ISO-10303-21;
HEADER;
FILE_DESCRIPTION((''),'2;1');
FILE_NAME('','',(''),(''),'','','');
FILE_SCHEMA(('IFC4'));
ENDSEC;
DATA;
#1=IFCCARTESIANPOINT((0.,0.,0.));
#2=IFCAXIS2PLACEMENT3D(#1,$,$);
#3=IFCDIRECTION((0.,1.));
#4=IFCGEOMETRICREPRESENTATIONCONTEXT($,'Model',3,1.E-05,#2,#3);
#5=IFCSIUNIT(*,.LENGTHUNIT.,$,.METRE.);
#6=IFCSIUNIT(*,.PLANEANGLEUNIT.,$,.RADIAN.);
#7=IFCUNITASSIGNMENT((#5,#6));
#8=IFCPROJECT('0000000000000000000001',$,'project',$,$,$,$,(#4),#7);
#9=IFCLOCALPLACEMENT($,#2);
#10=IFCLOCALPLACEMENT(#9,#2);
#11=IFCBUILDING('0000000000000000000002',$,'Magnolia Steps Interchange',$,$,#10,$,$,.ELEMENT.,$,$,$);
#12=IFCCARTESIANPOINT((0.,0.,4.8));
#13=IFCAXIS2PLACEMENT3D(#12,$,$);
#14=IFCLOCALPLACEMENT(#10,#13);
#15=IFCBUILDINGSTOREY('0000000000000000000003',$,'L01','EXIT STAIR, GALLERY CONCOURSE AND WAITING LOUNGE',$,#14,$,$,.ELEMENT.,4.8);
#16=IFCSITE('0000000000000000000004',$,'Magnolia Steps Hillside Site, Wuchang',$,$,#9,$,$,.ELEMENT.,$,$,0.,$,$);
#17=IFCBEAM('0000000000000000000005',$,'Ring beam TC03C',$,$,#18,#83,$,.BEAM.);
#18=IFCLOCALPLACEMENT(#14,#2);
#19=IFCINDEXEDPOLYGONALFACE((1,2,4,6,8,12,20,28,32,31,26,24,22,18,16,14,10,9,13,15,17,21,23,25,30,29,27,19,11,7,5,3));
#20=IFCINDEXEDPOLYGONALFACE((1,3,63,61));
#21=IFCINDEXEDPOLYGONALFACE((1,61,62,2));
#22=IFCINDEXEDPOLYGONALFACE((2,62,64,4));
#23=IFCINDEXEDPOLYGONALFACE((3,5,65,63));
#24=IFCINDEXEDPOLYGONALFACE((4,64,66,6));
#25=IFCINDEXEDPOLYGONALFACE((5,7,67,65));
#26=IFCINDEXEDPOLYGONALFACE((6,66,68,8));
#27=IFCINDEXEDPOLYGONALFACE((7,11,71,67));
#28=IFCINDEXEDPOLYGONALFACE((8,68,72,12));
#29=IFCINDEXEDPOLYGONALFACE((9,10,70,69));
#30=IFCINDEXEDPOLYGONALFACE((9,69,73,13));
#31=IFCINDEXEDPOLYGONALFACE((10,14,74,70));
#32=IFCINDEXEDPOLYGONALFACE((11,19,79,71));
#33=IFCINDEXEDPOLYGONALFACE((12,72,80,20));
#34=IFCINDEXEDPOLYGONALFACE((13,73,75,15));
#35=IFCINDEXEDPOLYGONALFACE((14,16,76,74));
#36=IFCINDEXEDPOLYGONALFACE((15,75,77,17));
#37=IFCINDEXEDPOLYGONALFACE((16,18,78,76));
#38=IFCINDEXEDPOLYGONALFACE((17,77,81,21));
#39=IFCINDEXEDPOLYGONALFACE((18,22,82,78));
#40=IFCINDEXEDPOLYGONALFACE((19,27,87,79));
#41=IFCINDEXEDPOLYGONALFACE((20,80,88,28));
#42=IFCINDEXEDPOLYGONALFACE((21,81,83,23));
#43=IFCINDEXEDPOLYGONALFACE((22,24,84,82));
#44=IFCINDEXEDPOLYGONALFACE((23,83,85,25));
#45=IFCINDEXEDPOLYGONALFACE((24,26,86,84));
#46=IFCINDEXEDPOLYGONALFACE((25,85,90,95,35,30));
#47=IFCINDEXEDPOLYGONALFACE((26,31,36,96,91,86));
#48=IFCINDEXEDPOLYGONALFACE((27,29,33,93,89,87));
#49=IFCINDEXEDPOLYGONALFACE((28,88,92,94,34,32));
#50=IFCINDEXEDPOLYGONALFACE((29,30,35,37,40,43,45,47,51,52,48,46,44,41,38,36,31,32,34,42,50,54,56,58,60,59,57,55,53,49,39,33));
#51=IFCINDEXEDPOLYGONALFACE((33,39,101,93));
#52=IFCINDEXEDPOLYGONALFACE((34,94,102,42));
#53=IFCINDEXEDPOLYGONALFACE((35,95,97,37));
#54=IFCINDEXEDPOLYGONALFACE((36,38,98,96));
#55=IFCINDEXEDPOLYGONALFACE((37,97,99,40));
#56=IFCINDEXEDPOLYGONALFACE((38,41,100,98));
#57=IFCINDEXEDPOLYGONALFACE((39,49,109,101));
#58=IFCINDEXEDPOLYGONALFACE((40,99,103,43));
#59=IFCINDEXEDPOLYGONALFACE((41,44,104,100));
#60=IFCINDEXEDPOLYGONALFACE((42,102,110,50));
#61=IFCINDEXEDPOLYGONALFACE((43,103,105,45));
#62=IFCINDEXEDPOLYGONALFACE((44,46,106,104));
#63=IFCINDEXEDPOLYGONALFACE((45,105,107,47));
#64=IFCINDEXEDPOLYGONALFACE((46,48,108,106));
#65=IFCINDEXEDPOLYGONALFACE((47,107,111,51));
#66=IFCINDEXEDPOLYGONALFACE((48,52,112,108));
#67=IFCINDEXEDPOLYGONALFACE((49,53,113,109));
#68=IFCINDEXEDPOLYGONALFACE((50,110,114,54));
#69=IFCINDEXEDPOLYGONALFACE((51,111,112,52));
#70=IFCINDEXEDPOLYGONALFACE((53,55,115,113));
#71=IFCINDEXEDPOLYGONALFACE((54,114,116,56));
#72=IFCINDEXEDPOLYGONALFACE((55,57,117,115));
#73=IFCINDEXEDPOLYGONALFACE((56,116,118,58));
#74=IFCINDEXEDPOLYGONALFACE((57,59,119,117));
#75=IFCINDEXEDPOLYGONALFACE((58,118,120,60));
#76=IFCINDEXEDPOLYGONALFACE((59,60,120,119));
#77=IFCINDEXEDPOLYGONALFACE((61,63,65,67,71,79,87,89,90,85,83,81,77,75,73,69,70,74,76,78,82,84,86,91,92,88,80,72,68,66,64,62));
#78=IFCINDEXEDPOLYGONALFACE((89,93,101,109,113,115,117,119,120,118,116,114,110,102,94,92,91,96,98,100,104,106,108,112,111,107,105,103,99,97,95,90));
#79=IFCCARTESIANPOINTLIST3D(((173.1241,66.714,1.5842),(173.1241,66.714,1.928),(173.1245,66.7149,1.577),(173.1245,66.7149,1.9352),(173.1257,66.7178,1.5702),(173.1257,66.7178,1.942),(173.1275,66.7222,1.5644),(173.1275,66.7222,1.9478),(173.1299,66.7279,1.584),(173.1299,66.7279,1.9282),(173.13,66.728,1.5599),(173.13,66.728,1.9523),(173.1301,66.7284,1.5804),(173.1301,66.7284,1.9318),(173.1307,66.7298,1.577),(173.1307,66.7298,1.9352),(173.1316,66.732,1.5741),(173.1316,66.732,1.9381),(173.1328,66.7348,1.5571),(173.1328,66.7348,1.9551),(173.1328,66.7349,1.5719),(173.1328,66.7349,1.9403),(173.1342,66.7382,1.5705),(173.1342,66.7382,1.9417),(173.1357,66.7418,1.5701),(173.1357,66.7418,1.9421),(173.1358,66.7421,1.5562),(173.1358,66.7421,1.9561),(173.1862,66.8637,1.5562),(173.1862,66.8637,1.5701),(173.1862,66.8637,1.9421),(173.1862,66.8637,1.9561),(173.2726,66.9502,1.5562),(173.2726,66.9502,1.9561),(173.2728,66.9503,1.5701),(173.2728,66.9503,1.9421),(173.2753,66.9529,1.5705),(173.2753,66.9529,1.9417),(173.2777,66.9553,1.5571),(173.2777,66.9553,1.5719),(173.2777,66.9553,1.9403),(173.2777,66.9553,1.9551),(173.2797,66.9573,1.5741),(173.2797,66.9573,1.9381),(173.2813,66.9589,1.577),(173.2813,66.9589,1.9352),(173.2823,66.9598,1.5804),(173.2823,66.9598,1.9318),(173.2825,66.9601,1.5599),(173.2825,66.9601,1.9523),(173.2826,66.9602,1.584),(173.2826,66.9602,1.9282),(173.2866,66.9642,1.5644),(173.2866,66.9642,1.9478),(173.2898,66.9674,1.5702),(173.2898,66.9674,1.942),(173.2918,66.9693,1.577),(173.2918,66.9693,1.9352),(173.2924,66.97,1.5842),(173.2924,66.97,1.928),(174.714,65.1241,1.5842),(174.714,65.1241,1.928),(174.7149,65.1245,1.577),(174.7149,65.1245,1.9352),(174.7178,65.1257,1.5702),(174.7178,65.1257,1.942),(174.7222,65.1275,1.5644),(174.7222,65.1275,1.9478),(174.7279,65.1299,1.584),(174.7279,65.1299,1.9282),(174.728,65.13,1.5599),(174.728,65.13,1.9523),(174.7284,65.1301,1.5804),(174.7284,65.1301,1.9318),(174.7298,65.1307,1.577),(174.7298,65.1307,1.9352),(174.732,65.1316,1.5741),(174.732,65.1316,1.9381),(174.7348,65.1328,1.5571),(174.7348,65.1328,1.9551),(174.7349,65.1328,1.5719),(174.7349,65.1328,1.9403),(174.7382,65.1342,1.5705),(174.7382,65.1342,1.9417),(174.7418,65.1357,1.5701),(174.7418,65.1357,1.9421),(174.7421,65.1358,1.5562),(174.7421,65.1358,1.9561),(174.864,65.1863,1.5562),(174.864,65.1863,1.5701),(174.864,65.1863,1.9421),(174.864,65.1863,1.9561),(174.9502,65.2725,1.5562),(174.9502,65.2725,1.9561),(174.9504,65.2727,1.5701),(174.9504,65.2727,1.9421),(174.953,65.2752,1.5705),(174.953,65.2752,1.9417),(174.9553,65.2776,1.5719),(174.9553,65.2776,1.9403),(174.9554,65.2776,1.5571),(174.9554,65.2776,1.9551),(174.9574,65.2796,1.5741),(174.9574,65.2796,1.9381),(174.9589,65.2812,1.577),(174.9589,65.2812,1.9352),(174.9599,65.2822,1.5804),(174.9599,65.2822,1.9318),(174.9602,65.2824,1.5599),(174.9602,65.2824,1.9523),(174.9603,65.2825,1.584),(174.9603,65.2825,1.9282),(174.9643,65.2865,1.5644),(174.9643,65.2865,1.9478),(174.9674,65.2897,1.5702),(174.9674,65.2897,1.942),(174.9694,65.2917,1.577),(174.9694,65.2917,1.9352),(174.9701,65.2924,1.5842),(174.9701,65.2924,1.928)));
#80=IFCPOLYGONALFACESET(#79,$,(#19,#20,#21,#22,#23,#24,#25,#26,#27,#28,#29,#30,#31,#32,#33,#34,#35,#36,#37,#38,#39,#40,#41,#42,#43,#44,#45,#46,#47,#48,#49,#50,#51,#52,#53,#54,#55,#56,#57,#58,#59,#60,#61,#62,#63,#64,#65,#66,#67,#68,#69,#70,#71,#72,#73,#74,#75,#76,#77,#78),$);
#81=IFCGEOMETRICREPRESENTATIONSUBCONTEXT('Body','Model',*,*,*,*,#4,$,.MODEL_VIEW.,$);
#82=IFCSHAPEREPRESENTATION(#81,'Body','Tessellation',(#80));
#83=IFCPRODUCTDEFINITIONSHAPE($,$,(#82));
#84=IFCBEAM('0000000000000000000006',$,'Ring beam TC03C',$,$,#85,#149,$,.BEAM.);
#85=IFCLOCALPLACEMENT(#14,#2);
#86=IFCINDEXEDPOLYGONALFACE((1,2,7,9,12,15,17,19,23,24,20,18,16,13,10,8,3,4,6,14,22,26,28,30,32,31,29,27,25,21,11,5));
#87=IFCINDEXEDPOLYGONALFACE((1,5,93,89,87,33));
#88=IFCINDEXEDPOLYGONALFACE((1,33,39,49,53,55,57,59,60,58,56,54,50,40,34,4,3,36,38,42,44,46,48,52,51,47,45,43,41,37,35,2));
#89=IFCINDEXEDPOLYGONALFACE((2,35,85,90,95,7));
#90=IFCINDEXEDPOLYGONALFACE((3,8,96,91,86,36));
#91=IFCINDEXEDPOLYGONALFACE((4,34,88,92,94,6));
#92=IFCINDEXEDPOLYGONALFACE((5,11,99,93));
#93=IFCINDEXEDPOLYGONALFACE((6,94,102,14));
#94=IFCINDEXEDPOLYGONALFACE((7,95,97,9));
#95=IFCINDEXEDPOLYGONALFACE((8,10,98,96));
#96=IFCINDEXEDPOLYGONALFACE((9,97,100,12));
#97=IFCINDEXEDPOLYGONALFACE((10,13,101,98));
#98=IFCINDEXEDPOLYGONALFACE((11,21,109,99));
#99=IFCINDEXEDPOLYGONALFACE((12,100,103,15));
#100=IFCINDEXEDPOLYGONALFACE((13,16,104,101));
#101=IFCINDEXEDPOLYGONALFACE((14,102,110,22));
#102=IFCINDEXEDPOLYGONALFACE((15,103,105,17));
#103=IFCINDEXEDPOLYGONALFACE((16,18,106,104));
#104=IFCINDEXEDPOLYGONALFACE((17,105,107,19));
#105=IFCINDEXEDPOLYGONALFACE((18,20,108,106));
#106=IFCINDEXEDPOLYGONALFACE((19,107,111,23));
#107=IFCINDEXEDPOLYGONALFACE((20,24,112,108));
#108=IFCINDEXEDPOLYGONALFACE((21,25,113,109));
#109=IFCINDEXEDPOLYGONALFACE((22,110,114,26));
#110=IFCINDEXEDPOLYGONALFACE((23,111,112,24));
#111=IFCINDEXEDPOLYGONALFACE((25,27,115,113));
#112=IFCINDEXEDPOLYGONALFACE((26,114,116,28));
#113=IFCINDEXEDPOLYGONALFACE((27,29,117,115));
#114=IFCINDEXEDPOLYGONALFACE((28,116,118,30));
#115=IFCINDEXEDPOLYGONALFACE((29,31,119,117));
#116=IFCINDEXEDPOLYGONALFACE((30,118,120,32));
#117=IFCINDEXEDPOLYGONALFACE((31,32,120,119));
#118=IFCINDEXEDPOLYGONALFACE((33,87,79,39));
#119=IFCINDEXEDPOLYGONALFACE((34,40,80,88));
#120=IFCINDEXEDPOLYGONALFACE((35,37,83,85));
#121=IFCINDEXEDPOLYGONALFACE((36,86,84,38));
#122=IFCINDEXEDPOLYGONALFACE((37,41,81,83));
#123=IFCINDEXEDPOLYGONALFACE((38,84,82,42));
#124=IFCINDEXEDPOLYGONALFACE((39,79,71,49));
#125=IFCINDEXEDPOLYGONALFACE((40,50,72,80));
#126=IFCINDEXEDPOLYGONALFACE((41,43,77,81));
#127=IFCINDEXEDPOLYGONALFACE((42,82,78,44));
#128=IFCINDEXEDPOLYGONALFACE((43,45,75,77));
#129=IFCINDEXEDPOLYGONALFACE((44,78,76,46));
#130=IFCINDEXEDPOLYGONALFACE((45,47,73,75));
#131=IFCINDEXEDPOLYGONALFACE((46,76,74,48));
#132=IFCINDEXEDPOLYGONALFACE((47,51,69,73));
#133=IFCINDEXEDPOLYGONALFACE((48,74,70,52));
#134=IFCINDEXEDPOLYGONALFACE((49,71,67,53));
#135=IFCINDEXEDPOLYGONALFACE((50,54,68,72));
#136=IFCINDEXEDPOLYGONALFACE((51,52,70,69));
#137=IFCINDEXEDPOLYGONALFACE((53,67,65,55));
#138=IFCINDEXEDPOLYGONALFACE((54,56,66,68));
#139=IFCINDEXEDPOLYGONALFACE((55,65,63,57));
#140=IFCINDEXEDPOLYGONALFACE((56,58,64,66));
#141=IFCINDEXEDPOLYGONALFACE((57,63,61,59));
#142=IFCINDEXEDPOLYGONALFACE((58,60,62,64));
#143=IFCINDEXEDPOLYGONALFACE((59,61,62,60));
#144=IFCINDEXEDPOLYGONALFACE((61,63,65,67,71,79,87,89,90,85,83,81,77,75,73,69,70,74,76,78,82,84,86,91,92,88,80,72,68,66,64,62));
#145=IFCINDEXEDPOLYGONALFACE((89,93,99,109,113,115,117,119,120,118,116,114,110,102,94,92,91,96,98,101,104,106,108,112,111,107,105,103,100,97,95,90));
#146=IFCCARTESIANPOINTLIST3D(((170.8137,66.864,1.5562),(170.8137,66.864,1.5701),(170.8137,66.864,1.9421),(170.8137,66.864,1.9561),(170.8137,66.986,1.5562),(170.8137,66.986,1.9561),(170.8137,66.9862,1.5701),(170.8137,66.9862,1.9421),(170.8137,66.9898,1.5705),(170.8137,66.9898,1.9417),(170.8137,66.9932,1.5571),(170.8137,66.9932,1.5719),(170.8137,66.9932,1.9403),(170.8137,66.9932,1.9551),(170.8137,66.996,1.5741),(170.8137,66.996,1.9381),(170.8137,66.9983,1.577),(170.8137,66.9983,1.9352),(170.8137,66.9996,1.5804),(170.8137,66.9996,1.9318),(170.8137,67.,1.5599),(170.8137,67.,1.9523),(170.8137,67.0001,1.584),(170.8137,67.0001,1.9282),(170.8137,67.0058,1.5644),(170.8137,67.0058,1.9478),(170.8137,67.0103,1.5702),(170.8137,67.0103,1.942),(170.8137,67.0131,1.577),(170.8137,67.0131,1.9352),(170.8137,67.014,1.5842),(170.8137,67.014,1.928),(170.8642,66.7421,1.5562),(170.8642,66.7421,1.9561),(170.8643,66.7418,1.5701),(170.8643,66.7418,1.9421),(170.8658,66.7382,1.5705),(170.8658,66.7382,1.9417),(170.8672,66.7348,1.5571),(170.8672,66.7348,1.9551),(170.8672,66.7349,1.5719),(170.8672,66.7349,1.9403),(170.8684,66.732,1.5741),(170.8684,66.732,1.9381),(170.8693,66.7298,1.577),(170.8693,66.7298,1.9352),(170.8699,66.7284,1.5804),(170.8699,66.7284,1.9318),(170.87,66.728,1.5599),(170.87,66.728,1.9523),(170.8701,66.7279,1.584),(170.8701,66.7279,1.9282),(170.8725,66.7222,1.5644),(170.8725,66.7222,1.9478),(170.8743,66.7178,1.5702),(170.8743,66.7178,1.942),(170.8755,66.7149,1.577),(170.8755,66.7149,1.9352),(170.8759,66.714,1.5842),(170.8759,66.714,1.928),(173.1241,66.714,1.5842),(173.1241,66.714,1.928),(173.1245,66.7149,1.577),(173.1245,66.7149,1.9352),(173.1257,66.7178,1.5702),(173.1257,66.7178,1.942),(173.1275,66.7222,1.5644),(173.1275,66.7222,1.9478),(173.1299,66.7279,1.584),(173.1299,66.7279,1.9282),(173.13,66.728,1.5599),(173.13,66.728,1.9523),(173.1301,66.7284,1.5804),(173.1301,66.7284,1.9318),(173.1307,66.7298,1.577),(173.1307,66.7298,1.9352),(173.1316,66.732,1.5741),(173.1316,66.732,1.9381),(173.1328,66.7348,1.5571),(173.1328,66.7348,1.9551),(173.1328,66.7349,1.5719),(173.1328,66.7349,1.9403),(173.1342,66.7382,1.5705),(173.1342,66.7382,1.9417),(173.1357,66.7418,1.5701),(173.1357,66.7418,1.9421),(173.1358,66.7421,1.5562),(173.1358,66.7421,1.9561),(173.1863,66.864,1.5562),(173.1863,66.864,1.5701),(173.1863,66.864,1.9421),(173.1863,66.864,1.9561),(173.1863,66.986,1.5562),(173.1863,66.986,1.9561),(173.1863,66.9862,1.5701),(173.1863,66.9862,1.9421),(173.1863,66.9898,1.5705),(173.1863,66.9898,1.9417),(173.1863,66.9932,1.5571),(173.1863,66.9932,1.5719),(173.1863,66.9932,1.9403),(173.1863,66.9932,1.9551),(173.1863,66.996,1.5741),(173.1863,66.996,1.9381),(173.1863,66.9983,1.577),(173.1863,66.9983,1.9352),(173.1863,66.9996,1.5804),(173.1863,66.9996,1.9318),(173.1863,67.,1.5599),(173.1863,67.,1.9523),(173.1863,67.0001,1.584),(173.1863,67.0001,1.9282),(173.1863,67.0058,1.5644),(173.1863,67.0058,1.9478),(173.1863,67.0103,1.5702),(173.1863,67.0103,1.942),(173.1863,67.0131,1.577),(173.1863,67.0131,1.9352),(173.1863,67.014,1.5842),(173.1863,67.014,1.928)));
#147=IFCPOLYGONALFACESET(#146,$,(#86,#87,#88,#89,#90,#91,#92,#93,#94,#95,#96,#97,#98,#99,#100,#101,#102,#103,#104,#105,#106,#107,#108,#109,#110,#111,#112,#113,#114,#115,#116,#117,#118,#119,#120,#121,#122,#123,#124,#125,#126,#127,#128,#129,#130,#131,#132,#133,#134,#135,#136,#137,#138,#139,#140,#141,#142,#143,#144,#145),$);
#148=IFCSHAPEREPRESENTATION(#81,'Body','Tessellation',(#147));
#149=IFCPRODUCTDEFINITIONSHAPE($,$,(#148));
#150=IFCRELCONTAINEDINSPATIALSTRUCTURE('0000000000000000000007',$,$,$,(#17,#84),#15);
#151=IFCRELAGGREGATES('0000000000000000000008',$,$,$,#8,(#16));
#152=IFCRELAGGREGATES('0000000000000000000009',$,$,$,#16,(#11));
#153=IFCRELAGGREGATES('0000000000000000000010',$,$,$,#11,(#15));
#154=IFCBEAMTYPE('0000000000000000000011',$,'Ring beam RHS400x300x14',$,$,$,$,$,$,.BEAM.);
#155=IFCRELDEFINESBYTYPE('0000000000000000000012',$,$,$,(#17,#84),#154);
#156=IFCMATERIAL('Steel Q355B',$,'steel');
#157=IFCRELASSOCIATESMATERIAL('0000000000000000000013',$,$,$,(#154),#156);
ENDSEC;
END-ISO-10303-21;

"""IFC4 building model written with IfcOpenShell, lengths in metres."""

from ifc_helpers import new_model, si_unit, direction, frame, origin, origin_2d, place, context, subcontext, project, spatial, hollow_rectangle, extrude, clip, halfspace, material, material_profile, profile_set, type_object, element, save


model = new_model("IFC4")

# Units and contexts
model_context = context("Model", 3, precision=1e-05, world=origin(), true_north=direction((0.0, 1.0)))
body_context = subcontext(model_context, "Body", "Model", "MODEL_VIEW")
ifc_project = project(units=[si_unit("LENGTHUNIT", "METRE"), si_unit("PLANEANGLEUNIT", "RADIAN")], contexts=[model_context])

# Site, building, storey
site_placement = place(None, origin())
site = spatial("IfcSite", under=ifc_project, at=site_placement, Name="Magnolia Steps Hillside Site, Wuchang", CompositionType="ELEMENT", RefElevation=0.0)
building_placement = place(site_placement, origin())
building = spatial("IfcBuilding", under=site, at=building_placement, Name="Magnolia Steps Interchange", CompositionType="ELEMENT")
storey_placement = place(building_placement, frame((0.0, 0.0, 4.8)))
storey = spatial("IfcBuildingStorey", under=building, at=storey_placement, Name="L01", Description="EXIT STAIR, GALLERY CONCOURSE AND WAITING LOUNGE", CompositionType="ELEMENT", Elevation=4.8)

# Beams
ifc_material_1 = material(Name="Steel Q355B", Category="steel")
ifc_material_profile_1 = material_profile(ifc_material_1, hollow_rectangle(XDim=0.3, YDim=0.3999, WallThickness=0.0139, InnerFilletRadius=0.0139, OuterFilletRadius=0.0281, at=origin_2d()), Name="RHS400x300x14")
ifc_profile_set_1 = profile_set([ifc_material_profile_1], Name="Steel Q355B")
beam_type_1 = type_object("IfcBeamType", Name="Ring beam RHS400x300x14", PredefinedType="BEAM", material=ifc_profile_set_1)
beam_1_placement = place(storey_placement, frame((174.864, 65.1863, 1.7561), z_axis=(-0.707107, 0.707107, 0.0), x_axis=(-0.707107, -0.707107, 0.0)))
element("IfcBeam", 1, at=beam_1_placement, inside=storey, type_object=beam_type_1, Name="Ring beam TC03C", PredefinedType="BEAM", context=body_context, shape_type="Clipping", body=[
    clip(clip(extrude(hollow_rectangle(XDim=0.3, YDim=0.3999, WallThickness=0.0139, InnerFilletRadius=0.0139, OuterFilletRadius=0.0281, at=origin_2d()), origin(), (0.0, 0.0, 1.0), 2.3726), halfspace(frame((0.0, 0.0, 0.0), z_axis=(0.382683, 0.0, -0.92388), x_axis=(0.92388, 0.0, 0.382683)), False)), halfspace(frame((0.0, 0.0, 2.3727), z_axis=(0.382683, 0.0, 0.92388), x_axis=(0.92388, 0.0, -0.382683)), False)),
])
beam_2_placement = place(storey_placement, frame((173.1863, 66.864, 1.7561), z_axis=(-1.0, 0.0, 0.0), x_axis=(0.0, -1.0, 0.0)))
element("IfcBeam", 2, at=beam_2_placement, inside=storey, type_object=beam_type_1, Name="Ring beam TC03C", PredefinedType="BEAM", context=body_context, shape_type="Clipping", body=[
    clip(clip(extrude(hollow_rectangle(XDim=0.3, YDim=0.3999, WallThickness=0.0139, InnerFilletRadius=0.0139, OuterFilletRadius=0.0281, at=origin_2d()), origin(), (0.0, 0.0, 1.0), 2.3726), halfspace(frame((0.0, 0.0, 0.0), z_axis=(0.382683, 0.0, -0.92388), x_axis=(0.92388, 0.0, 0.382683)), False)), halfspace(frame((0.0, 0.0, 2.3726), z_axis=(0.382683, 0.0, 0.92388), x_axis=(0.92388, 0.0, -0.382683)), False)),
])

save(model, "model.ifc")
